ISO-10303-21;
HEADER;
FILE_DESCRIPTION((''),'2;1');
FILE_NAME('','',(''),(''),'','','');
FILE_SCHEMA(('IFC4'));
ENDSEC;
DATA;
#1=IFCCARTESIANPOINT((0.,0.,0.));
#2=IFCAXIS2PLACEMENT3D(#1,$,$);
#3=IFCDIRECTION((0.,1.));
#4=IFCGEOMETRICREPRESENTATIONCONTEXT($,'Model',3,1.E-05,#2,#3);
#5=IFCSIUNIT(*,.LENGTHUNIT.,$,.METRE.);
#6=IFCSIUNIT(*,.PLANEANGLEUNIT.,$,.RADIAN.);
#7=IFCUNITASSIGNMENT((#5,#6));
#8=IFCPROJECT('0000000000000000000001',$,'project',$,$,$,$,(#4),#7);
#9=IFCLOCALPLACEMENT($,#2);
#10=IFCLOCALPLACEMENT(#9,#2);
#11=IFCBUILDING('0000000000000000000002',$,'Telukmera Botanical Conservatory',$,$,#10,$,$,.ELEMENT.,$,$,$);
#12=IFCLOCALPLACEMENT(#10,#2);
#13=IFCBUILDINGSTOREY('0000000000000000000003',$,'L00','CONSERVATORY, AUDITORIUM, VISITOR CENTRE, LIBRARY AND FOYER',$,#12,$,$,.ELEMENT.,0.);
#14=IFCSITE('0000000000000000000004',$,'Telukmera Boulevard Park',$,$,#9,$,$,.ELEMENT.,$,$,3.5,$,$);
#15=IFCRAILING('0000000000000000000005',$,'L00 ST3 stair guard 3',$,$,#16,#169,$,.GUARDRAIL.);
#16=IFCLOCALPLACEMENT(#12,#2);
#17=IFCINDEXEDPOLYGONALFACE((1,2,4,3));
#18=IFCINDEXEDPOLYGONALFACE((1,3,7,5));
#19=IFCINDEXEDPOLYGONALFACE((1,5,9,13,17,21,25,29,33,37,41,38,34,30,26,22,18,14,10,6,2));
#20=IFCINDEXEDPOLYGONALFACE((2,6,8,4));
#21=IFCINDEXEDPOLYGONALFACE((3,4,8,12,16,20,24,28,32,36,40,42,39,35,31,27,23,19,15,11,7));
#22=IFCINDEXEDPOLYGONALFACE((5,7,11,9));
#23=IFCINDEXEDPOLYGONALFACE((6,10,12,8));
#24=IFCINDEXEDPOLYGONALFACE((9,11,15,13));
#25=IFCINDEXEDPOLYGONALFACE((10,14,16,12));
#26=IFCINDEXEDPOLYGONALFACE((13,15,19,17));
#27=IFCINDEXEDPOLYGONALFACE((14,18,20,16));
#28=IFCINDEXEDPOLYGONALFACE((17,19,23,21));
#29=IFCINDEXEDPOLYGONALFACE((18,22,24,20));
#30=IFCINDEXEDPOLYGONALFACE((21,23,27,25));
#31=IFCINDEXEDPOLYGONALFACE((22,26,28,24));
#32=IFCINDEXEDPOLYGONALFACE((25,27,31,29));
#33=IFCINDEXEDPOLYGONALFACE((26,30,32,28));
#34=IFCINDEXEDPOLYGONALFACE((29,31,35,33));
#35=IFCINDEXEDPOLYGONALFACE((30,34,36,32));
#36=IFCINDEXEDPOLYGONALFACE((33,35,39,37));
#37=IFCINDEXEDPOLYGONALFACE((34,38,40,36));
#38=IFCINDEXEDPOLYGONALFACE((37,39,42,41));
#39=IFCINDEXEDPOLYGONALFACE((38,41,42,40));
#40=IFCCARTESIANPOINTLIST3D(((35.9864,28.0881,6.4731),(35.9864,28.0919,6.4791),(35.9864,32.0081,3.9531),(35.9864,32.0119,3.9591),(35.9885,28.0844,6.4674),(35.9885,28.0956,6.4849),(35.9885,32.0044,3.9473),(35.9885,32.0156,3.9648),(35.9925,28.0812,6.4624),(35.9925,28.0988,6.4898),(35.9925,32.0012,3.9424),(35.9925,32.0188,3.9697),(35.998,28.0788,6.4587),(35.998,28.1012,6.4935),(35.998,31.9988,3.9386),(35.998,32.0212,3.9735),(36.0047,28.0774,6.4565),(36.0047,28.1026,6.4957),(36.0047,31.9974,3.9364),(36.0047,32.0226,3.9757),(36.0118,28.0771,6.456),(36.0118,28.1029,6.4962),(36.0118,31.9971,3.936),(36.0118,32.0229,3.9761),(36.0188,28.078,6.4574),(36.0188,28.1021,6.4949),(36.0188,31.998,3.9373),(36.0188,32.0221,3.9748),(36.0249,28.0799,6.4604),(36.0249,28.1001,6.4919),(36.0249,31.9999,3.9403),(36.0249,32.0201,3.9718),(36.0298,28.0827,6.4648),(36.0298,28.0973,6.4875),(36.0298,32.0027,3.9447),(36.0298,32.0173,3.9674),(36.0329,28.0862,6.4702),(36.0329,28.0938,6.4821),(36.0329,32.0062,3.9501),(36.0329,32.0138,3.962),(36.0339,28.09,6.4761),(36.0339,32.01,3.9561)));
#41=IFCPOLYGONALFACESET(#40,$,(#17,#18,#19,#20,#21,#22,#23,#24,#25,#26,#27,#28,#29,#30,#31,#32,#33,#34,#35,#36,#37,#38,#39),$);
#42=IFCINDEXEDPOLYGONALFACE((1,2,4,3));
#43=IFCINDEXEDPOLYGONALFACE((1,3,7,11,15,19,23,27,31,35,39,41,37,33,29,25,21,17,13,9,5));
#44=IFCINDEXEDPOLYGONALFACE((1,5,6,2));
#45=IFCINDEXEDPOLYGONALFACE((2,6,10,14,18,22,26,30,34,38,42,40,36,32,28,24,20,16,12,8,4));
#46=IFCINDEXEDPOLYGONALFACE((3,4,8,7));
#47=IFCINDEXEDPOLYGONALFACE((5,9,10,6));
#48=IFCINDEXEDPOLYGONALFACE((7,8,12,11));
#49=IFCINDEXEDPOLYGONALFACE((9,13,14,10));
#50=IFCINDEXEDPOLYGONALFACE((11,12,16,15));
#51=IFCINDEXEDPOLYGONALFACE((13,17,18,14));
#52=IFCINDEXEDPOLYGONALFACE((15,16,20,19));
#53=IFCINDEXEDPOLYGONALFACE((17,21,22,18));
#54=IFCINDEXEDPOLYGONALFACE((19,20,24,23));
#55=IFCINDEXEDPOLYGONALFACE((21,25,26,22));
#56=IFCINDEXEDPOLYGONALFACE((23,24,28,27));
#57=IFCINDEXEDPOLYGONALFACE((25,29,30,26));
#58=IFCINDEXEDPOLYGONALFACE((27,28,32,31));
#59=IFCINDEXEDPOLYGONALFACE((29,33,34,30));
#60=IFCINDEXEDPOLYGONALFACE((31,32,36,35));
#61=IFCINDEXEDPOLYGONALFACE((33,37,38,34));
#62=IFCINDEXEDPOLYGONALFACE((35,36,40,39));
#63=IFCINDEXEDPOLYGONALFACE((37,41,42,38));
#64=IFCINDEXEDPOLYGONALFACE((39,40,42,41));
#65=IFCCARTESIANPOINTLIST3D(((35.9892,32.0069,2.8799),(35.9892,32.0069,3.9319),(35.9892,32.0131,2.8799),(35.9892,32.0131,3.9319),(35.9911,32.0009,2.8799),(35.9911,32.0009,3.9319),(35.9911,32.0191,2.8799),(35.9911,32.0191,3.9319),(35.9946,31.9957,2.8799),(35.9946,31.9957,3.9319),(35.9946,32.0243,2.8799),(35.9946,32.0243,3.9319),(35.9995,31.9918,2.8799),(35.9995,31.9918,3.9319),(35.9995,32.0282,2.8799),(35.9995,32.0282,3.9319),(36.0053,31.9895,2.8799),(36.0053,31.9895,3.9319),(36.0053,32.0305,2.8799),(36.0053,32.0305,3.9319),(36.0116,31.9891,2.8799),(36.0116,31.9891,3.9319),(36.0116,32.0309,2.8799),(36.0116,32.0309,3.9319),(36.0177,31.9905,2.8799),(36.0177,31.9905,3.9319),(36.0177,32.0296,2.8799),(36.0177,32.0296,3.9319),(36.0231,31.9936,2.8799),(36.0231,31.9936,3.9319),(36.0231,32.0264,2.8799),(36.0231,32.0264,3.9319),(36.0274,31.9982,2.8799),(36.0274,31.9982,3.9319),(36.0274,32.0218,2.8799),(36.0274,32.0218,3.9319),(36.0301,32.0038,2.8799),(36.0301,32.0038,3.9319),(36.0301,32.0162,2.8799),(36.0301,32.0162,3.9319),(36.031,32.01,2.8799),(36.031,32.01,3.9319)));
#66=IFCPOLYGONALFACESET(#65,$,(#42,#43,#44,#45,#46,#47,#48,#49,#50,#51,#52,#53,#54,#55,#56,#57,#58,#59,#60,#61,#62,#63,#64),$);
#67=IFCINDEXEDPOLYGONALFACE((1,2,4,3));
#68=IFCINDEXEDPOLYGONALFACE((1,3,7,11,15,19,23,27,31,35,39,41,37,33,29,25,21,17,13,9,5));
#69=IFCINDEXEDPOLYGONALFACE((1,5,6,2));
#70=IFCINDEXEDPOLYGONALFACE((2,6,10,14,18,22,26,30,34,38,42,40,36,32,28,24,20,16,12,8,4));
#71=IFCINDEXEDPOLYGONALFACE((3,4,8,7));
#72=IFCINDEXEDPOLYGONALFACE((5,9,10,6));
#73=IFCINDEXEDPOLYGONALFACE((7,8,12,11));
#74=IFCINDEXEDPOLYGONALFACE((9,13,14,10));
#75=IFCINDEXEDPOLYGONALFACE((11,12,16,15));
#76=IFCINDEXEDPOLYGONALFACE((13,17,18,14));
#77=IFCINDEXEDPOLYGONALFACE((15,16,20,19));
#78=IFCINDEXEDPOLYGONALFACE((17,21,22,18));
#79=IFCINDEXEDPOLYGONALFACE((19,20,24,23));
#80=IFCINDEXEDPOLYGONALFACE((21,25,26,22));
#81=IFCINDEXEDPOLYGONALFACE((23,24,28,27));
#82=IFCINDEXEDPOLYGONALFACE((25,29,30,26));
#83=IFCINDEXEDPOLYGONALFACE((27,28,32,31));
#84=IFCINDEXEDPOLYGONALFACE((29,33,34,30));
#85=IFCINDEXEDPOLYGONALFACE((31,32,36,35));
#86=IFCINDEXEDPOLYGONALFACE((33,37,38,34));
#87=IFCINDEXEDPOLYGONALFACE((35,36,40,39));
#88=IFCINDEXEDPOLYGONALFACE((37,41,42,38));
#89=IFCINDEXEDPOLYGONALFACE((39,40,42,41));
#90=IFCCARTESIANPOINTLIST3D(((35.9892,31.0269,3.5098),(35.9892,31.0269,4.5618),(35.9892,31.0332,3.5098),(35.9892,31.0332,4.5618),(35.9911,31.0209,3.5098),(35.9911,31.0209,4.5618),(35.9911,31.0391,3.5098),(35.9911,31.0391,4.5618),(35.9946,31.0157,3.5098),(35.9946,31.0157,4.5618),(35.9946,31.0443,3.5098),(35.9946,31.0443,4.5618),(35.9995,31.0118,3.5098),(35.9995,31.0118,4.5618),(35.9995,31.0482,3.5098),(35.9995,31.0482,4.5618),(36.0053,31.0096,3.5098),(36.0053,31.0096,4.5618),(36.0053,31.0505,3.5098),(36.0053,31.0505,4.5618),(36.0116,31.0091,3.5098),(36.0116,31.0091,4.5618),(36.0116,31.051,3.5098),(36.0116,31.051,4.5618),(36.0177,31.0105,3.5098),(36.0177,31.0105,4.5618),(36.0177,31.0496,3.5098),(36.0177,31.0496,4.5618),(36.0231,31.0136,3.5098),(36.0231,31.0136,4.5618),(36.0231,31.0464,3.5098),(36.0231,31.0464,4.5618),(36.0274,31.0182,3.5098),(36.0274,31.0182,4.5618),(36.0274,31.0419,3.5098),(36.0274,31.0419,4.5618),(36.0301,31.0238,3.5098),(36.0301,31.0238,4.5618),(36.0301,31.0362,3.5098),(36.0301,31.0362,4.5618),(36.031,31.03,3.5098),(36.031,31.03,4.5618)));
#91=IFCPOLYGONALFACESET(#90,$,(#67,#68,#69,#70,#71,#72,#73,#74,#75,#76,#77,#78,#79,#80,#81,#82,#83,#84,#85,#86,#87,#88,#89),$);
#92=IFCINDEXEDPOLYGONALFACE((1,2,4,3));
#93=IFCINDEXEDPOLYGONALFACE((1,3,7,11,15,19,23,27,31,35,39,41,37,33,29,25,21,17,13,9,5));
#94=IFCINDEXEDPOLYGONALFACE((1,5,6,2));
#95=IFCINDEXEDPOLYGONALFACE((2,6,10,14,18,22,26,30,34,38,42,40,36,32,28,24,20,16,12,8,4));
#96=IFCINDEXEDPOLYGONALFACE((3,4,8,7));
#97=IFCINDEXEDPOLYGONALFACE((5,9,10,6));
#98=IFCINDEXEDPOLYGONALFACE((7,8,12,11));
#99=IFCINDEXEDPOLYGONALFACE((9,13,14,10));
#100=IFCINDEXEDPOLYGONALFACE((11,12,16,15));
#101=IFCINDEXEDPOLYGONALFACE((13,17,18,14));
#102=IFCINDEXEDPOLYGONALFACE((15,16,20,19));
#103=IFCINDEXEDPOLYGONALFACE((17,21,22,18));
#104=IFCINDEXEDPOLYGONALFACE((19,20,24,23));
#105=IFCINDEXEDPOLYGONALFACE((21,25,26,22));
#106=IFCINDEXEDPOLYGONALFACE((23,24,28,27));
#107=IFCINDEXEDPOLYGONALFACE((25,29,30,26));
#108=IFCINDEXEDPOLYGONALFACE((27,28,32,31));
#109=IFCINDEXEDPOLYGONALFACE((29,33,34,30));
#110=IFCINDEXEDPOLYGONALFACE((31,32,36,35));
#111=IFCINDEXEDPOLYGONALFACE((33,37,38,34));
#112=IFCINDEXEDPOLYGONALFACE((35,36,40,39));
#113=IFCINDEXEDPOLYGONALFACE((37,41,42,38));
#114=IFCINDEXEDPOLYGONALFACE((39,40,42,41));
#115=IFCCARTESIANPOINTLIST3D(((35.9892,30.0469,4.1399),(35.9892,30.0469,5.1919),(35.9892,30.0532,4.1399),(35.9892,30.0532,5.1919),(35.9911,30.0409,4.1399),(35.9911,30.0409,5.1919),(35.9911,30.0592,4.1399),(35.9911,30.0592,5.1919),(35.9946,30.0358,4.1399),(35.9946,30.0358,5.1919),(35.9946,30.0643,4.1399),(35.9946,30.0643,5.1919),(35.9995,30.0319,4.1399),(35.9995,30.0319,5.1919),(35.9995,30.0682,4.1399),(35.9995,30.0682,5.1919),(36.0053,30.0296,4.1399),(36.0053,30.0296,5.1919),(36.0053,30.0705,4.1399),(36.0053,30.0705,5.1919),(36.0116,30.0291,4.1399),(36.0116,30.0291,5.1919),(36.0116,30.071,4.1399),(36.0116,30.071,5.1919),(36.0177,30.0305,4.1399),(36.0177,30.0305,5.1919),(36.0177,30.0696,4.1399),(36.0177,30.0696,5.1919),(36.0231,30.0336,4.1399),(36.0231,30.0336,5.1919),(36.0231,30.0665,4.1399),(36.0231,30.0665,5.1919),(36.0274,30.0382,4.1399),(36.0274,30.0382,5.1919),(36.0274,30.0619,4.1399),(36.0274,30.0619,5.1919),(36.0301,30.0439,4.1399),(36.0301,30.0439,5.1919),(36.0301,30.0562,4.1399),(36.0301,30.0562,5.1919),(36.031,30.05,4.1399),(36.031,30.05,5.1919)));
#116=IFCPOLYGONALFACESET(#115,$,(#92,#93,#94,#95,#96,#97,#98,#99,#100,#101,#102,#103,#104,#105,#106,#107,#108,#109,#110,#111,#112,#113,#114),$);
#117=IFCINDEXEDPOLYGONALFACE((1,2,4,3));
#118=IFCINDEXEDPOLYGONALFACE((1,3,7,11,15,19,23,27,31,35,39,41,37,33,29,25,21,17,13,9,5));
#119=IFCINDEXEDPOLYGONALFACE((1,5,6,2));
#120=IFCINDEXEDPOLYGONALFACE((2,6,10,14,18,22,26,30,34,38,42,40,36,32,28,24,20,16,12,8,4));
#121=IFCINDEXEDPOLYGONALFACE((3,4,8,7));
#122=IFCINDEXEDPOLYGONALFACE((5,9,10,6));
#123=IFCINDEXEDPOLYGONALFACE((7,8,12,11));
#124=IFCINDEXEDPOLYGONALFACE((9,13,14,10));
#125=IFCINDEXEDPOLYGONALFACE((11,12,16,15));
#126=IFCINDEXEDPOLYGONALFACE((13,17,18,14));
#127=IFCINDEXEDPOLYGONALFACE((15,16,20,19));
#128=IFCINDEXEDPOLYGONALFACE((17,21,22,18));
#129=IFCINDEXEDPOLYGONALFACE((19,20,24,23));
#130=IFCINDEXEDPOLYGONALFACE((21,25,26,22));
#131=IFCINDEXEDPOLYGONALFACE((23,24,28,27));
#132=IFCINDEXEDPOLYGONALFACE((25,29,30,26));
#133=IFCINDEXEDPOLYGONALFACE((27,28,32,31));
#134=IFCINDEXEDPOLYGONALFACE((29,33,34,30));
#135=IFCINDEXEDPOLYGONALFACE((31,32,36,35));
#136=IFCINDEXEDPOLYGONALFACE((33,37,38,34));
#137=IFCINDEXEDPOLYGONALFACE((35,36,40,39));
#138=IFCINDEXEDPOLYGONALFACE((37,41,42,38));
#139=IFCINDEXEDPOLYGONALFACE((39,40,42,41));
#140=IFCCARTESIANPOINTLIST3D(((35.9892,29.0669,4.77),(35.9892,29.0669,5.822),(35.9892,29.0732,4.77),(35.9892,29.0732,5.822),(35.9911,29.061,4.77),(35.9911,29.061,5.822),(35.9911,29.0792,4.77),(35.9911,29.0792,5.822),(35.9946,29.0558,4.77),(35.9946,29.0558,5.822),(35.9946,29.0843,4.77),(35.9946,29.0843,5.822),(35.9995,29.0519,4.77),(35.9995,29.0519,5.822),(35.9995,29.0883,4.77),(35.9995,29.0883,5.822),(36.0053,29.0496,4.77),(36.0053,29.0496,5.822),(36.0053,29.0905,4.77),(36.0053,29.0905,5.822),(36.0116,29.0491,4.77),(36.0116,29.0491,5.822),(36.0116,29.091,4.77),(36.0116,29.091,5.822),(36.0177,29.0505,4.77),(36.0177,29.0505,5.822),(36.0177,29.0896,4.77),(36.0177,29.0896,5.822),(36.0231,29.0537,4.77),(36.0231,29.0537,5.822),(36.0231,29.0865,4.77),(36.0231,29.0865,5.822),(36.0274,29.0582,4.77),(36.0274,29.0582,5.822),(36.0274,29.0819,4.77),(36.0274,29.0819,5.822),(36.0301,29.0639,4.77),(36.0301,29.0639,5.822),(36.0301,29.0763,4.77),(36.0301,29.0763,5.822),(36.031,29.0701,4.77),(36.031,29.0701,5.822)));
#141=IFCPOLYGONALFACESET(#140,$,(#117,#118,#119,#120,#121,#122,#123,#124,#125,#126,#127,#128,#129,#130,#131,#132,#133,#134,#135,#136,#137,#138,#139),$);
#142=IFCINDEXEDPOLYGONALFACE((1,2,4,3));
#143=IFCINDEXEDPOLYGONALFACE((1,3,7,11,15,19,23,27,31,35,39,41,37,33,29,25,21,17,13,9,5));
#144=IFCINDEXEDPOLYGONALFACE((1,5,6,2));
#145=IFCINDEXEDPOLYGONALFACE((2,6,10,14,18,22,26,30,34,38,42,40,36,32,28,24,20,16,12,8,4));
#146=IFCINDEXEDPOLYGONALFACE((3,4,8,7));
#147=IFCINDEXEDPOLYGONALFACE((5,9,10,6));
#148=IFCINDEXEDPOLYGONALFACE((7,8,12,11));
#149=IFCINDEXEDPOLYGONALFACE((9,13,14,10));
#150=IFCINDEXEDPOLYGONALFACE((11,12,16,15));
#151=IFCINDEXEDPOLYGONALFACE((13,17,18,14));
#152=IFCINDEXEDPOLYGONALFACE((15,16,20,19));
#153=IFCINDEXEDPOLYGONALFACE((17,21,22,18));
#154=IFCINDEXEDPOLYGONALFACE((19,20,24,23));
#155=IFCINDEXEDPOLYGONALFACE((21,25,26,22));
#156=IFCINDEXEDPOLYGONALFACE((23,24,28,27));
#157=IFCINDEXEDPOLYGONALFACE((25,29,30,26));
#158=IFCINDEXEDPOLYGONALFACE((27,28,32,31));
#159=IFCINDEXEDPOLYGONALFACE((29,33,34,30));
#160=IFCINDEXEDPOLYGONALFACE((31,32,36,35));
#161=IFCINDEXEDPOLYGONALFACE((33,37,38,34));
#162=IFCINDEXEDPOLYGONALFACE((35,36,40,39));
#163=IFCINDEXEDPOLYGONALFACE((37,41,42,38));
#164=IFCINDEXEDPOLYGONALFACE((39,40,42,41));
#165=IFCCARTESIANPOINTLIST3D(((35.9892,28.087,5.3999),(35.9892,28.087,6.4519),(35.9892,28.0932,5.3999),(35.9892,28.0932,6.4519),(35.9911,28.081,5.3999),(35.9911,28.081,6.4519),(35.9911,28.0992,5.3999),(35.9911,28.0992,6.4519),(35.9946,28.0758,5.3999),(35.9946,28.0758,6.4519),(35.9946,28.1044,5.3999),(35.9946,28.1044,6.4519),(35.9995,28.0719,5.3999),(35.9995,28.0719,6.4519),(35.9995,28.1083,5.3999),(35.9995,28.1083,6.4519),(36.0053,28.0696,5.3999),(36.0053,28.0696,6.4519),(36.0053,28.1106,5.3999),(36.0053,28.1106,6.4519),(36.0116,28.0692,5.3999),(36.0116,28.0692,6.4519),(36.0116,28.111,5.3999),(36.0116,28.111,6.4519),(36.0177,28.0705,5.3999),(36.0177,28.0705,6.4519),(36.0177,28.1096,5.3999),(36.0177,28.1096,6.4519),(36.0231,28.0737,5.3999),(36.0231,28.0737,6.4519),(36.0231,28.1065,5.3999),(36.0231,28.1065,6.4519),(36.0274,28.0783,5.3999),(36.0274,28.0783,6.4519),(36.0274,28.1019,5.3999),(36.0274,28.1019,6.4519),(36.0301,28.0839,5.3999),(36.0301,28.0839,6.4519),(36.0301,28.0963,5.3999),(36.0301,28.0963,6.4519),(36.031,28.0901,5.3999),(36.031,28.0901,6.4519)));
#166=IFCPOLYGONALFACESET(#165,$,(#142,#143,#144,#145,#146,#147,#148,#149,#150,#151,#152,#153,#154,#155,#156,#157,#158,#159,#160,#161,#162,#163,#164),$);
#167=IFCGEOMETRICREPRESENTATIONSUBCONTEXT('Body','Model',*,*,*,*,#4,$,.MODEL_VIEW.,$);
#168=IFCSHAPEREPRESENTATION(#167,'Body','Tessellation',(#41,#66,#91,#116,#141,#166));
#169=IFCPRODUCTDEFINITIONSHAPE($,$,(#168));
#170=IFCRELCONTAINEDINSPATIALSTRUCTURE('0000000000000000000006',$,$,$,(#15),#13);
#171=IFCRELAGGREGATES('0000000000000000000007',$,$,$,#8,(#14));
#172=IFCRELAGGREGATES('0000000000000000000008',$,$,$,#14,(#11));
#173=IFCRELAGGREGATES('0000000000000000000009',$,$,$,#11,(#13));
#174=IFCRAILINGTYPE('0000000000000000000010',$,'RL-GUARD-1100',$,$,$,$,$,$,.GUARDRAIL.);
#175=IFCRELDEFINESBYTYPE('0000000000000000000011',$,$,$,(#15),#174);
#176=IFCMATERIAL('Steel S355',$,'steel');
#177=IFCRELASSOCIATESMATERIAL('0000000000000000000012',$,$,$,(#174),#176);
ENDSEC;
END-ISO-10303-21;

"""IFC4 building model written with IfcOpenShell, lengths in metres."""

from ifc_helpers import new_model, si_unit, direction, frame, origin, origin_2d, place, context, subcontext, project, spatial, circle, extrude, material, type_object, element, save


model = new_model("IFC4")

# Units and contexts
model_context = context("Model", 3, precision=1e-05, world=origin(), true_north=direction((0.0, 1.0)))
body_context = subcontext(model_context, "Body", "Model", "MODEL_VIEW")
ifc_project = project(units=[si_unit("LENGTHUNIT", "METRE"), si_unit("PLANEANGLEUNIT", "RADIAN")], contexts=[model_context])

# Site, building, storey
site_placement = place(None, origin())
site = spatial("IfcSite", under=ifc_project, at=site_placement, Name="Telukmera Boulevard Park", CompositionType="ELEMENT", RefElevation=3.5)
building_placement = place(site_placement, origin())
building = spatial("IfcBuilding", under=site, at=building_placement, Name="Telukmera Botanical Conservatory", CompositionType="ELEMENT")
storey_placement = place(building_placement, origin())
storey = spatial("IfcBuildingStorey", under=building, at=storey_placement, Name="L00", Description="CONSERVATORY, AUDITORIUM, VISITOR CENTRE, LIBRARY AND FOYER", CompositionType="ELEMENT", Elevation=0.0)

# Railing
ifc_material_1 = material(Name="Steel S355", Category="steel")
railing_type_1 = type_object("IfcRailingType", Name="RL-GUARD-1100", PredefinedType="GUARDRAIL", material=ifc_material_1)
railing_1_placement = place(storey_placement, frame((36.01, 32.01, 2.8799)))
element("IfcRailing", 1, at=railing_1_placement, inside=storey, type_object=railing_type_1, Name="L00 ST3 stair guard 3", PredefinedType="GUARDRAIL", context=body_context, shape_type="SweptSolid", body=[
    extrude(circle(Radius=0.0239, at=origin_2d()), frame((0.0, 0.0, 1.0762), z_axis=(0.0, -0.841172, 0.540768), x_axis=(1.0, 0.0, 0.0)), (0.0, 0.0, 1.0), 4.6602),
    extrude(circle(Radius=0.021, at=origin_2d()), origin(), (0.0, 0.0, 1.0), 1.052),
    extrude(circle(Radius=0.021, at=origin_2d()), frame((0.0, -0.98, 0.6299)), (0.0, 0.0, 1.0), 1.052),
    extrude(circle(Radius=0.021, at=origin_2d()), frame((0.0, -1.96, 1.26)), (0.0, 0.0, 1.0), 1.052),
    extrude(circle(Radius=0.021, at=origin_2d()), frame((0.0, -2.9399, 1.8901)), (0.0, 0.0, 1.0), 1.052),
    extrude(circle(Radius=0.021, at=origin_2d()), frame((0.0, -3.9199, 2.52)), (0.0, 0.0, 1.0), 1.052),
])

save(model, "model.ifc")
